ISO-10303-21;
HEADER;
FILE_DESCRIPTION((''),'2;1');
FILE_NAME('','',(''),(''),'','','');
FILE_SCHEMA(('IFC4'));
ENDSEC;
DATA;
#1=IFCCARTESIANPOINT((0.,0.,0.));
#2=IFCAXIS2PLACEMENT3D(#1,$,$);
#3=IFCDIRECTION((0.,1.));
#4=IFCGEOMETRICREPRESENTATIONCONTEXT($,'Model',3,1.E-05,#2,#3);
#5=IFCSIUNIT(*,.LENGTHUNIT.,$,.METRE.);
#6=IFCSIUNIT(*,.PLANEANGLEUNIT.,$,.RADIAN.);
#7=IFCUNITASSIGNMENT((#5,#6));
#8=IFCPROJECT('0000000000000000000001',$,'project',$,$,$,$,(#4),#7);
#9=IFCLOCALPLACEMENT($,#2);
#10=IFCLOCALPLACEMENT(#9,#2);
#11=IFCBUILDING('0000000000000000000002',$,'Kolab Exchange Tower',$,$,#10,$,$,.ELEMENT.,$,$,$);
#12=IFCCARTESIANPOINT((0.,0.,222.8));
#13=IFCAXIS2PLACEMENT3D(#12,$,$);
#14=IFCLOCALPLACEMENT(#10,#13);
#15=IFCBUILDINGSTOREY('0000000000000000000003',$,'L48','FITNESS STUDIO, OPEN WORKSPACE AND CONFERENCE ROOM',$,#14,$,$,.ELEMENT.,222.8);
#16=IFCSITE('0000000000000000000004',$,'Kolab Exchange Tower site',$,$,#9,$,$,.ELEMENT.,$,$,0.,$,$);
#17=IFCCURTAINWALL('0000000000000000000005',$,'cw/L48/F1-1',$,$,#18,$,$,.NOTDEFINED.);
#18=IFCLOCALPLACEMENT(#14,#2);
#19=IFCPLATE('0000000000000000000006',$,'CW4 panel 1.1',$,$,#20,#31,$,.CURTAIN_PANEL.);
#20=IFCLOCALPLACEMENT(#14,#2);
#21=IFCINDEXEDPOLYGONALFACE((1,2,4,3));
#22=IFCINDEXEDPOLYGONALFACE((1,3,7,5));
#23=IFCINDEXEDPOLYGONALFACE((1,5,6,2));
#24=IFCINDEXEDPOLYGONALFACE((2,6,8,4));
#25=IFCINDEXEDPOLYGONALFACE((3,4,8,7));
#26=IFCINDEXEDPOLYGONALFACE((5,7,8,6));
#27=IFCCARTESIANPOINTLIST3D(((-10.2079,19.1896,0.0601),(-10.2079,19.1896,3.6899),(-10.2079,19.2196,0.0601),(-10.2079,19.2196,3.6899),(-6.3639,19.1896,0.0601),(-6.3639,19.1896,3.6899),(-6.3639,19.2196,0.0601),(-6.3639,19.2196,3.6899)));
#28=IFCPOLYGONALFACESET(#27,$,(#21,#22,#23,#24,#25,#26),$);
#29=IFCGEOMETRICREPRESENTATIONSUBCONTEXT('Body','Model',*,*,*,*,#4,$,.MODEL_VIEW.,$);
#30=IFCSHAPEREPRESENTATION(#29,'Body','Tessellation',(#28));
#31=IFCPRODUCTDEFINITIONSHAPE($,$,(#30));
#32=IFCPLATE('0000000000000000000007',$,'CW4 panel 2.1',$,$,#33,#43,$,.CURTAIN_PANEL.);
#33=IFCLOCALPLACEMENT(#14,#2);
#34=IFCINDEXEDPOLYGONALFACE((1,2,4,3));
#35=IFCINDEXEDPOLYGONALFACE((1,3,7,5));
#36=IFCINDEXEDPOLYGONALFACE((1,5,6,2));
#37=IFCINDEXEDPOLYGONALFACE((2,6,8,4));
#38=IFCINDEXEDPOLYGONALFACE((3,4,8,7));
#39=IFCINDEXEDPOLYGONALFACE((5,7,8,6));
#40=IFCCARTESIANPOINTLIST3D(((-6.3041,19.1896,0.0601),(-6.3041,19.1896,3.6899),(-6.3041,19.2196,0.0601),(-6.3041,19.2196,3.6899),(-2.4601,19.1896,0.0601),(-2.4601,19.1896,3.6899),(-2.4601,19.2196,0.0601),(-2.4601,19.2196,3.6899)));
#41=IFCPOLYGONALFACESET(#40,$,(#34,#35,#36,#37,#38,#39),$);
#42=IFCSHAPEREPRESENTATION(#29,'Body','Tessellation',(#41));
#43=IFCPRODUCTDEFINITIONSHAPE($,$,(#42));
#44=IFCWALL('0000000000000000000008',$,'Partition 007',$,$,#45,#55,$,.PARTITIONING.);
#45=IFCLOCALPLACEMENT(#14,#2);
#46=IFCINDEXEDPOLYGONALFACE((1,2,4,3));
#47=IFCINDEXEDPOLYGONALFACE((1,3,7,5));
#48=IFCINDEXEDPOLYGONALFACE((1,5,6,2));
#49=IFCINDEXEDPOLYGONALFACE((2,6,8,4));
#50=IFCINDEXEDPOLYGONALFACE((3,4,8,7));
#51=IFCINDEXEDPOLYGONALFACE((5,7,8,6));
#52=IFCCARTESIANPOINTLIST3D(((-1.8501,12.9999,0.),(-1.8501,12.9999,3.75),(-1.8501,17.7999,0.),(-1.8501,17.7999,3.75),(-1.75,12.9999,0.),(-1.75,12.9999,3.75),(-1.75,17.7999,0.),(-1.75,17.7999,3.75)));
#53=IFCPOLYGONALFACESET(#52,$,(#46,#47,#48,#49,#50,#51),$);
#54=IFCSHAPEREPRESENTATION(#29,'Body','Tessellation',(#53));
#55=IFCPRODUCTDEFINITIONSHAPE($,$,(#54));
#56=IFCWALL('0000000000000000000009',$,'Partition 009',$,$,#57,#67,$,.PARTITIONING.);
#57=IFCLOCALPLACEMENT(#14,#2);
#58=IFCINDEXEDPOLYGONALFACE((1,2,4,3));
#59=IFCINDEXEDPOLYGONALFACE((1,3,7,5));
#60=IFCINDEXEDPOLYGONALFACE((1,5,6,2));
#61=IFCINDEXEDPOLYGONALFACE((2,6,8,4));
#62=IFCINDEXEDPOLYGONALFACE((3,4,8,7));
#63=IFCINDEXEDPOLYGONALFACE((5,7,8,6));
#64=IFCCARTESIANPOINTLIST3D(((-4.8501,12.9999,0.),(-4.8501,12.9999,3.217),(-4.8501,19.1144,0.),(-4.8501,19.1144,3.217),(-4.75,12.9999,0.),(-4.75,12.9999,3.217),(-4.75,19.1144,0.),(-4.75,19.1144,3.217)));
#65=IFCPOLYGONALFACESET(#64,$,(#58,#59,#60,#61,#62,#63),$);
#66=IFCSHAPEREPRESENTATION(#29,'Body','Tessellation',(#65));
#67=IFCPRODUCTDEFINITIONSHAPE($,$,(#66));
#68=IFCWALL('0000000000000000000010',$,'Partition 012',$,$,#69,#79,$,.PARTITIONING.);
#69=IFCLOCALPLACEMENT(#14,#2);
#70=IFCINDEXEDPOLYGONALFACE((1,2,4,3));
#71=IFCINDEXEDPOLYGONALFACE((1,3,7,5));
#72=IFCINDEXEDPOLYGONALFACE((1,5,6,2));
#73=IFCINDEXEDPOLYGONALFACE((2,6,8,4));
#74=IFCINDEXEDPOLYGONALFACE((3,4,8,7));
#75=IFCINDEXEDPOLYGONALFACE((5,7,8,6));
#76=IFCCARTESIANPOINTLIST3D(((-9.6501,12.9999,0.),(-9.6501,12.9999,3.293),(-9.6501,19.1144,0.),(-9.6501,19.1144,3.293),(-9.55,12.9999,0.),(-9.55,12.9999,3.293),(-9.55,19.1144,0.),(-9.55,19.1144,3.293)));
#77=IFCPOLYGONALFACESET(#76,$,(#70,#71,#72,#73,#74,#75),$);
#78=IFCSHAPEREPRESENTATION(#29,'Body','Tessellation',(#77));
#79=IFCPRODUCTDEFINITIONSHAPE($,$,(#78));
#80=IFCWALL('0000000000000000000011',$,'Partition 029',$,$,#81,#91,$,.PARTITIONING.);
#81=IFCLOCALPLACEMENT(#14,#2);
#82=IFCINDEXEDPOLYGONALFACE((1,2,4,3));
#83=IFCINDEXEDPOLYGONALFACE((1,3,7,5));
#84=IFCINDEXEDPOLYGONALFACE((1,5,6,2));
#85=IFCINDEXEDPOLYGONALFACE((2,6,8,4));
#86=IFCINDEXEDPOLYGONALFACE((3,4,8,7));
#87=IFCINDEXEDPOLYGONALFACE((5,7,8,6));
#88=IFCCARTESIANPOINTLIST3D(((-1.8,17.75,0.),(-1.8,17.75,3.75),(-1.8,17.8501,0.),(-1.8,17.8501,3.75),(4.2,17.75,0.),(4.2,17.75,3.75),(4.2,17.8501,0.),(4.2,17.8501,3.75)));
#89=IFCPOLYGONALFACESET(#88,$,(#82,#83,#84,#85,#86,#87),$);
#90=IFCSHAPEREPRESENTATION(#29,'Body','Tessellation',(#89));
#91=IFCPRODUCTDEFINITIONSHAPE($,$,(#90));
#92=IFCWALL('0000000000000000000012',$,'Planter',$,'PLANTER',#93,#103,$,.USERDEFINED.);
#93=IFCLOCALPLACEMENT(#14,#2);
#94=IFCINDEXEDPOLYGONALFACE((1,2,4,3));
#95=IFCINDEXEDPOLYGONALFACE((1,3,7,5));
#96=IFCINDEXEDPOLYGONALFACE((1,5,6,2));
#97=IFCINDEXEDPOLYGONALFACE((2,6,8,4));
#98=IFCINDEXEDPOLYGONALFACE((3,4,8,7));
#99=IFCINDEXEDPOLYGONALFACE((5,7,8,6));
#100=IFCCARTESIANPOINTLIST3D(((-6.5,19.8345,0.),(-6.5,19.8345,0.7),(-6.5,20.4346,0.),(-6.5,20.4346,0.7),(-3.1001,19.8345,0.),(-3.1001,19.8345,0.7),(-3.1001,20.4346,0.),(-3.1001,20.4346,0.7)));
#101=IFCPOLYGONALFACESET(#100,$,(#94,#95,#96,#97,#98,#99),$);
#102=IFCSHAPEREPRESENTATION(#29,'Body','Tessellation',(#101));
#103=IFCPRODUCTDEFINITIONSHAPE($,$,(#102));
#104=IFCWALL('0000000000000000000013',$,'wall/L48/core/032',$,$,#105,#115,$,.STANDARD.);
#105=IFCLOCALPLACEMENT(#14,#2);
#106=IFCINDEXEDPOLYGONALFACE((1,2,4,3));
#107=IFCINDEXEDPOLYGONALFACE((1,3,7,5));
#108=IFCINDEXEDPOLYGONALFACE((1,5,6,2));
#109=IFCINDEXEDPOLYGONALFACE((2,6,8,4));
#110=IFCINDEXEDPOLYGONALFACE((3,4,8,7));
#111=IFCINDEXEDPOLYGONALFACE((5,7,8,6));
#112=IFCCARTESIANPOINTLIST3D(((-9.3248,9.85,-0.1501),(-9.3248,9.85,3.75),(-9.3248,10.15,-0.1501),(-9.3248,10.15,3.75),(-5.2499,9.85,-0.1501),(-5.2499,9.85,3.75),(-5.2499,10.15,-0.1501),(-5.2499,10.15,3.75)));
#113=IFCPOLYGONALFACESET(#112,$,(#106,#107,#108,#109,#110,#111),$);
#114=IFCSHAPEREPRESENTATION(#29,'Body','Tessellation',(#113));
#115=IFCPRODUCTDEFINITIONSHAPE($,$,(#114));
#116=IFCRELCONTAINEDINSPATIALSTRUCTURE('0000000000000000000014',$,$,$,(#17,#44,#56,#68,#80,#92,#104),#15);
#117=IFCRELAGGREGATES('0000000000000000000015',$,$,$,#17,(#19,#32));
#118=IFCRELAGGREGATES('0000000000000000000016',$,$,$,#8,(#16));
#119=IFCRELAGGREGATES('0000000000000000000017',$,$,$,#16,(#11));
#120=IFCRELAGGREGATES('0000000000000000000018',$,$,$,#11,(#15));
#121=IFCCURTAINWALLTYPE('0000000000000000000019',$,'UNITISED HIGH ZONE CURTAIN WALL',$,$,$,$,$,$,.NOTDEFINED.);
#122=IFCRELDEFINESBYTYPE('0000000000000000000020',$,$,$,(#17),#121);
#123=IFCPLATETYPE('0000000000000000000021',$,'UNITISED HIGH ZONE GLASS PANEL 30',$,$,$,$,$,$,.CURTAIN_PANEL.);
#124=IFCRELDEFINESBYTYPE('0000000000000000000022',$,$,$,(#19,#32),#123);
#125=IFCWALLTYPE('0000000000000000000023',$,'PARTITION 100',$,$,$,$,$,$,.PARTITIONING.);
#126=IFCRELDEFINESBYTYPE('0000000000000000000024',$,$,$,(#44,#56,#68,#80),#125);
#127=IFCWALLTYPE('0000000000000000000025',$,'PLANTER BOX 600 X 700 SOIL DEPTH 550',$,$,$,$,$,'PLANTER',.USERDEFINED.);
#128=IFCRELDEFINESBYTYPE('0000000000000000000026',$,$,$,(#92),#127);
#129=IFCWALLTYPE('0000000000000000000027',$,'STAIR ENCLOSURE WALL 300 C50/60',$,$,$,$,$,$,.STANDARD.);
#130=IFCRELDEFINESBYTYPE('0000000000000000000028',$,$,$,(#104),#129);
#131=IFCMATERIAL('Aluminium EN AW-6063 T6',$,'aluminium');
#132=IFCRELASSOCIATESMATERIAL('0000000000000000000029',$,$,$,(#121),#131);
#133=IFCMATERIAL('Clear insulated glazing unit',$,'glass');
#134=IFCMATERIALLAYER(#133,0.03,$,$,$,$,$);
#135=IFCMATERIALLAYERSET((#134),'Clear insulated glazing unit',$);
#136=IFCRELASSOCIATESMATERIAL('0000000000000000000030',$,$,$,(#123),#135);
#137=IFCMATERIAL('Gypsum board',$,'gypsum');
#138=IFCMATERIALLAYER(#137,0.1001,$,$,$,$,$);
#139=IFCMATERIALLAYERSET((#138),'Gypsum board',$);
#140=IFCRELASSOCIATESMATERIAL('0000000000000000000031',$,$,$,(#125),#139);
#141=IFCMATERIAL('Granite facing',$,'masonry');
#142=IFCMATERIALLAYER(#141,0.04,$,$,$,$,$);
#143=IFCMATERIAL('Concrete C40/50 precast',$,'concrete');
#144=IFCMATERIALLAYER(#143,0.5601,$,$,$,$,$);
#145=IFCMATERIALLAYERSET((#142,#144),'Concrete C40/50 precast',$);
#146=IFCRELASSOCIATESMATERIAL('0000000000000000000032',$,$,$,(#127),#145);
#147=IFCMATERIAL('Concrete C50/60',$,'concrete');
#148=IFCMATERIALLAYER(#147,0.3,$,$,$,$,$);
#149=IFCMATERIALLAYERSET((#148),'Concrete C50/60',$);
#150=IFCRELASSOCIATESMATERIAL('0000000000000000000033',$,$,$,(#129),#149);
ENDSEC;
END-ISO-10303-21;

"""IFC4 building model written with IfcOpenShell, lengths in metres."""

from ifc_helpers import new_model, si_unit, direction, frame, frame_2d, origin, origin_2d, place, context, subcontext, project, spatial, rectangle, extrude, material, layer, layer_set, type_object, element, aggregate, save


model = new_model("IFC4")

# Units and contexts
model_context = context("Model", 3, precision=1e-05, world=origin(), true_north=direction((0.0, 1.0)))
body_context = subcontext(model_context, "Body", "Model", "MODEL_VIEW")
ifc_project = project(units=[si_unit("LENGTHUNIT", "METRE"), si_unit("PLANEANGLEUNIT", "RADIAN")], contexts=[model_context])

# Site, building, storey
site_placement = place(None, origin())
site = spatial("IfcSite", under=ifc_project, at=site_placement, Name="Kolab Exchange Tower site", CompositionType="ELEMENT", RefElevation=0.0)
building_placement = place(site_placement, origin())
building = spatial("IfcBuilding", under=site, at=building_placement, Name="Kolab Exchange Tower", CompositionType="ELEMENT")
storey_placement = place(building_placement, frame((0.0, 0.0, 222.8)))
storey = spatial("IfcBuildingStorey", under=building, at=storey_placement, Name="L48", Description="FITNESS STUDIO, OPEN WORKSPACE AND CONFERENCE ROOM", CompositionType="ELEMENT", Elevation=222.8)

# Shared definitions
ifc_material_1 = material(Name="Concrete C50/60", Category="concrete")

# Curtain wall
ifc_material_2 = material(Name="Aluminium EN AW-6063 T6", Category="aluminium")
curtain_wall_type = type_object("IfcCurtainWallType", Name="UNITISED HIGH ZONE CURTAIN WALL", PredefinedType="NOTDEFINED", material=ifc_material_2)
curtain_wall_1_placement = place(storey_placement, origin())
curtain_wall_1 = element("IfcCurtainWall", 1, at=curtain_wall_1_placement, inside=storey, type_object=curtain_wall_type, Name="cw/L48/F1-1", PredefinedType="NOTDEFINED")

# Plates
ifc_material_3 = material(Name="Clear insulated glazing unit", Category="glass")
ifc_layer_1 = layer(ifc_material_3, 0.03)
ifc_layer_set_1 = layer_set([ifc_layer_1], Name="Clear insulated glazing unit")
plate_type = type_object("IfcPlateType", Name="UNITISED HIGH ZONE GLASS PANEL 30", PredefinedType="CURTAIN_PANEL", material=ifc_layer_set_1)
plate_1_placement = place(storey_placement, frame((-8.2859, 19.2046, 0.0601), z_axis=(0.0, 0.0, 1.0), x_axis=(1.0, 0.0, 0.0)))
plate_1 = element("IfcPlate", 2, at=plate_1_placement, type_object=plate_type, Name="CW4 panel 1.1", PredefinedType="CURTAIN_PANEL", context=body_context, shape_type="SweptSolid", body=[
    extrude(rectangle(XDim=3.844, YDim=0.03, at=origin_2d()), origin(), (0.0, 0.0, 1.0), 3.6299),
])
plate_2_placement = place(storey_placement, frame((-4.3821, 19.2046, 0.0601), z_axis=(0.0, 0.0, 1.0), x_axis=(1.0, 0.0, 0.0)))
plate_2 = element("IfcPlate", 3, at=plate_2_placement, type_object=plate_type, Name="CW4 panel 2.1", PredefinedType="CURTAIN_PANEL", context=body_context, shape_type="SweptSolid", body=[
    extrude(rectangle(XDim=3.844, YDim=0.03, at=origin_2d()), origin(), (0.0, 0.0, 1.0), 3.6299),
])
aggregate(curtain_wall_1, [plate_1, plate_2])

# Walls
ifc_material_4 = material(Name="Gypsum board", Category="gypsum")
ifc_layer_2 = layer(ifc_material_4, 0.1001)
ifc_layer_set_2 = layer_set([ifc_layer_2], Name="Gypsum board")
wall_type_1 = type_object("IfcWallType", Name="PARTITION 100", PredefinedType="PARTITIONING", material=ifc_layer_set_2)
wall_1_placement = place(storey_placement, frame((-1.8, 13.0, 0.0), z_axis=(0.0, 0.0, 1.0), x_axis=(0.0, 1.0, 0.0)))
element("IfcWall", 4, at=wall_1_placement, inside=storey, type_object=wall_type_1, Name="Partition 007", PredefinedType="PARTITIONING", context=body_context, shape_type="SweptSolid", body=[
    extrude(rectangle(XDim=4.8, YDim=0.1001, at=frame_2d((2.3999, 0.0))), origin(), (0.0, 0.0, 1.0), 3.75),
])
wall_2_placement = place(storey_placement, frame((-4.8, 13.0, 0.0), z_axis=(0.0, 0.0, 1.0), x_axis=(0.0, 1.0, 0.0)))
element("IfcWall", 5, at=wall_2_placement, inside=storey, type_object=wall_type_1, Name="Partition 009", PredefinedType="PARTITIONING", context=body_context, shape_type="SweptSolid", body=[
    extrude(rectangle(XDim=6.1145, YDim=0.1001, at=frame_2d((3.0571, 0.0))), origin(), (0.0, 0.0, 1.0), 3.217),
])
wall_3_placement = place(storey_placement, frame((-9.6001, 13.0, 0.0), z_axis=(0.0, 0.0, 1.0), x_axis=(0.0, 1.0, 0.0)))
element("IfcWall", 6, at=wall_3_placement, inside=storey, type_object=wall_type_1, Name="Partition 012", PredefinedType="PARTITIONING", context=body_context, shape_type="SweptSolid", body=[
    extrude(rectangle(XDim=6.1145, YDim=0.1001, at=frame_2d((3.0571, 0.0))), origin(), (0.0, 0.0, 1.0), 3.293),
])
wall_4_placement = place(storey_placement, frame((-1.8, 17.8, 0.0), z_axis=(0.0, 0.0, 1.0), x_axis=(1.0, 0.0, 0.0)))
element("IfcWall", 7, at=wall_4_placement, inside=storey, type_object=wall_type_1, Name="Partition 029", PredefinedType="PARTITIONING", context=body_context, shape_type="SweptSolid", body=[
    extrude(rectangle(XDim=6.0, YDim=0.1001, at=frame_2d((3.0, 0.0))), origin(), (0.0, 0.0, 1.0), 3.75),
])
ifc_material_5 = material(Name="Granite facing", Category="masonry")
ifc_layer_3 = layer(ifc_material_5, 0.04)
ifc_material_6 = material(Name="Concrete C40/50 precast", Category="concrete")
ifc_layer_4 = layer(ifc_material_6, 0.5601)
ifc_layer_set_3 = layer_set([ifc_layer_3, ifc_layer_4], Name="Concrete C40/50 precast")
wall_type_2 = type_object("IfcWallType", Name="PLANTER BOX 600 X 700 SOIL DEPTH 550", ElementType="PLANTER", PredefinedType="USERDEFINED", material=ifc_layer_set_3)
wall_5_placement = place(storey_placement, frame((-6.5, 20.1345, 0.0), z_axis=(0.0, 0.0, 1.0), x_axis=(1.0, 0.0, 0.0)))
element("IfcWall", 8, at=wall_5_placement, inside=storey, type_object=wall_type_2, Name="Planter", ObjectType="PLANTER", PredefinedType="USERDEFINED", context=body_context, shape_type="SweptSolid", body=[
    extrude(rectangle(XDim=3.3999, YDim=0.6001, at=frame_2d((1.7, 0.0))), origin(), (0.0, 0.0, 1.0), 0.7),
])
ifc_layer_5 = layer(ifc_material_1, 0.3)
ifc_layer_set_4 = layer_set([ifc_layer_5], Name="Concrete C50/60")
wall_type_3 = type_object("IfcWallType", Name="STAIR ENCLOSURE WALL 300 C50/60", PredefinedType="STANDARD", material=ifc_layer_set_4)
wall_6_placement = place(storey_placement, frame((-9.325, 10.0, -0.1501), z_axis=(0.0, 0.0, 1.0), x_axis=(1.0, 0.0, 0.0)))
element("IfcWall", 9, at=wall_6_placement, inside=storey, type_object=wall_type_3, Name="wall/L48/core/032", PredefinedType="STANDARD", context=body_context, shape_type="SweptSolid", body=[
    extrude(rectangle(XDim=4.075, YDim=0.3, at=frame_2d((2.0376, 0.0))), origin(), (0.0, 0.0, 1.0), 3.9001),
])

save(model, "model.ifc")
